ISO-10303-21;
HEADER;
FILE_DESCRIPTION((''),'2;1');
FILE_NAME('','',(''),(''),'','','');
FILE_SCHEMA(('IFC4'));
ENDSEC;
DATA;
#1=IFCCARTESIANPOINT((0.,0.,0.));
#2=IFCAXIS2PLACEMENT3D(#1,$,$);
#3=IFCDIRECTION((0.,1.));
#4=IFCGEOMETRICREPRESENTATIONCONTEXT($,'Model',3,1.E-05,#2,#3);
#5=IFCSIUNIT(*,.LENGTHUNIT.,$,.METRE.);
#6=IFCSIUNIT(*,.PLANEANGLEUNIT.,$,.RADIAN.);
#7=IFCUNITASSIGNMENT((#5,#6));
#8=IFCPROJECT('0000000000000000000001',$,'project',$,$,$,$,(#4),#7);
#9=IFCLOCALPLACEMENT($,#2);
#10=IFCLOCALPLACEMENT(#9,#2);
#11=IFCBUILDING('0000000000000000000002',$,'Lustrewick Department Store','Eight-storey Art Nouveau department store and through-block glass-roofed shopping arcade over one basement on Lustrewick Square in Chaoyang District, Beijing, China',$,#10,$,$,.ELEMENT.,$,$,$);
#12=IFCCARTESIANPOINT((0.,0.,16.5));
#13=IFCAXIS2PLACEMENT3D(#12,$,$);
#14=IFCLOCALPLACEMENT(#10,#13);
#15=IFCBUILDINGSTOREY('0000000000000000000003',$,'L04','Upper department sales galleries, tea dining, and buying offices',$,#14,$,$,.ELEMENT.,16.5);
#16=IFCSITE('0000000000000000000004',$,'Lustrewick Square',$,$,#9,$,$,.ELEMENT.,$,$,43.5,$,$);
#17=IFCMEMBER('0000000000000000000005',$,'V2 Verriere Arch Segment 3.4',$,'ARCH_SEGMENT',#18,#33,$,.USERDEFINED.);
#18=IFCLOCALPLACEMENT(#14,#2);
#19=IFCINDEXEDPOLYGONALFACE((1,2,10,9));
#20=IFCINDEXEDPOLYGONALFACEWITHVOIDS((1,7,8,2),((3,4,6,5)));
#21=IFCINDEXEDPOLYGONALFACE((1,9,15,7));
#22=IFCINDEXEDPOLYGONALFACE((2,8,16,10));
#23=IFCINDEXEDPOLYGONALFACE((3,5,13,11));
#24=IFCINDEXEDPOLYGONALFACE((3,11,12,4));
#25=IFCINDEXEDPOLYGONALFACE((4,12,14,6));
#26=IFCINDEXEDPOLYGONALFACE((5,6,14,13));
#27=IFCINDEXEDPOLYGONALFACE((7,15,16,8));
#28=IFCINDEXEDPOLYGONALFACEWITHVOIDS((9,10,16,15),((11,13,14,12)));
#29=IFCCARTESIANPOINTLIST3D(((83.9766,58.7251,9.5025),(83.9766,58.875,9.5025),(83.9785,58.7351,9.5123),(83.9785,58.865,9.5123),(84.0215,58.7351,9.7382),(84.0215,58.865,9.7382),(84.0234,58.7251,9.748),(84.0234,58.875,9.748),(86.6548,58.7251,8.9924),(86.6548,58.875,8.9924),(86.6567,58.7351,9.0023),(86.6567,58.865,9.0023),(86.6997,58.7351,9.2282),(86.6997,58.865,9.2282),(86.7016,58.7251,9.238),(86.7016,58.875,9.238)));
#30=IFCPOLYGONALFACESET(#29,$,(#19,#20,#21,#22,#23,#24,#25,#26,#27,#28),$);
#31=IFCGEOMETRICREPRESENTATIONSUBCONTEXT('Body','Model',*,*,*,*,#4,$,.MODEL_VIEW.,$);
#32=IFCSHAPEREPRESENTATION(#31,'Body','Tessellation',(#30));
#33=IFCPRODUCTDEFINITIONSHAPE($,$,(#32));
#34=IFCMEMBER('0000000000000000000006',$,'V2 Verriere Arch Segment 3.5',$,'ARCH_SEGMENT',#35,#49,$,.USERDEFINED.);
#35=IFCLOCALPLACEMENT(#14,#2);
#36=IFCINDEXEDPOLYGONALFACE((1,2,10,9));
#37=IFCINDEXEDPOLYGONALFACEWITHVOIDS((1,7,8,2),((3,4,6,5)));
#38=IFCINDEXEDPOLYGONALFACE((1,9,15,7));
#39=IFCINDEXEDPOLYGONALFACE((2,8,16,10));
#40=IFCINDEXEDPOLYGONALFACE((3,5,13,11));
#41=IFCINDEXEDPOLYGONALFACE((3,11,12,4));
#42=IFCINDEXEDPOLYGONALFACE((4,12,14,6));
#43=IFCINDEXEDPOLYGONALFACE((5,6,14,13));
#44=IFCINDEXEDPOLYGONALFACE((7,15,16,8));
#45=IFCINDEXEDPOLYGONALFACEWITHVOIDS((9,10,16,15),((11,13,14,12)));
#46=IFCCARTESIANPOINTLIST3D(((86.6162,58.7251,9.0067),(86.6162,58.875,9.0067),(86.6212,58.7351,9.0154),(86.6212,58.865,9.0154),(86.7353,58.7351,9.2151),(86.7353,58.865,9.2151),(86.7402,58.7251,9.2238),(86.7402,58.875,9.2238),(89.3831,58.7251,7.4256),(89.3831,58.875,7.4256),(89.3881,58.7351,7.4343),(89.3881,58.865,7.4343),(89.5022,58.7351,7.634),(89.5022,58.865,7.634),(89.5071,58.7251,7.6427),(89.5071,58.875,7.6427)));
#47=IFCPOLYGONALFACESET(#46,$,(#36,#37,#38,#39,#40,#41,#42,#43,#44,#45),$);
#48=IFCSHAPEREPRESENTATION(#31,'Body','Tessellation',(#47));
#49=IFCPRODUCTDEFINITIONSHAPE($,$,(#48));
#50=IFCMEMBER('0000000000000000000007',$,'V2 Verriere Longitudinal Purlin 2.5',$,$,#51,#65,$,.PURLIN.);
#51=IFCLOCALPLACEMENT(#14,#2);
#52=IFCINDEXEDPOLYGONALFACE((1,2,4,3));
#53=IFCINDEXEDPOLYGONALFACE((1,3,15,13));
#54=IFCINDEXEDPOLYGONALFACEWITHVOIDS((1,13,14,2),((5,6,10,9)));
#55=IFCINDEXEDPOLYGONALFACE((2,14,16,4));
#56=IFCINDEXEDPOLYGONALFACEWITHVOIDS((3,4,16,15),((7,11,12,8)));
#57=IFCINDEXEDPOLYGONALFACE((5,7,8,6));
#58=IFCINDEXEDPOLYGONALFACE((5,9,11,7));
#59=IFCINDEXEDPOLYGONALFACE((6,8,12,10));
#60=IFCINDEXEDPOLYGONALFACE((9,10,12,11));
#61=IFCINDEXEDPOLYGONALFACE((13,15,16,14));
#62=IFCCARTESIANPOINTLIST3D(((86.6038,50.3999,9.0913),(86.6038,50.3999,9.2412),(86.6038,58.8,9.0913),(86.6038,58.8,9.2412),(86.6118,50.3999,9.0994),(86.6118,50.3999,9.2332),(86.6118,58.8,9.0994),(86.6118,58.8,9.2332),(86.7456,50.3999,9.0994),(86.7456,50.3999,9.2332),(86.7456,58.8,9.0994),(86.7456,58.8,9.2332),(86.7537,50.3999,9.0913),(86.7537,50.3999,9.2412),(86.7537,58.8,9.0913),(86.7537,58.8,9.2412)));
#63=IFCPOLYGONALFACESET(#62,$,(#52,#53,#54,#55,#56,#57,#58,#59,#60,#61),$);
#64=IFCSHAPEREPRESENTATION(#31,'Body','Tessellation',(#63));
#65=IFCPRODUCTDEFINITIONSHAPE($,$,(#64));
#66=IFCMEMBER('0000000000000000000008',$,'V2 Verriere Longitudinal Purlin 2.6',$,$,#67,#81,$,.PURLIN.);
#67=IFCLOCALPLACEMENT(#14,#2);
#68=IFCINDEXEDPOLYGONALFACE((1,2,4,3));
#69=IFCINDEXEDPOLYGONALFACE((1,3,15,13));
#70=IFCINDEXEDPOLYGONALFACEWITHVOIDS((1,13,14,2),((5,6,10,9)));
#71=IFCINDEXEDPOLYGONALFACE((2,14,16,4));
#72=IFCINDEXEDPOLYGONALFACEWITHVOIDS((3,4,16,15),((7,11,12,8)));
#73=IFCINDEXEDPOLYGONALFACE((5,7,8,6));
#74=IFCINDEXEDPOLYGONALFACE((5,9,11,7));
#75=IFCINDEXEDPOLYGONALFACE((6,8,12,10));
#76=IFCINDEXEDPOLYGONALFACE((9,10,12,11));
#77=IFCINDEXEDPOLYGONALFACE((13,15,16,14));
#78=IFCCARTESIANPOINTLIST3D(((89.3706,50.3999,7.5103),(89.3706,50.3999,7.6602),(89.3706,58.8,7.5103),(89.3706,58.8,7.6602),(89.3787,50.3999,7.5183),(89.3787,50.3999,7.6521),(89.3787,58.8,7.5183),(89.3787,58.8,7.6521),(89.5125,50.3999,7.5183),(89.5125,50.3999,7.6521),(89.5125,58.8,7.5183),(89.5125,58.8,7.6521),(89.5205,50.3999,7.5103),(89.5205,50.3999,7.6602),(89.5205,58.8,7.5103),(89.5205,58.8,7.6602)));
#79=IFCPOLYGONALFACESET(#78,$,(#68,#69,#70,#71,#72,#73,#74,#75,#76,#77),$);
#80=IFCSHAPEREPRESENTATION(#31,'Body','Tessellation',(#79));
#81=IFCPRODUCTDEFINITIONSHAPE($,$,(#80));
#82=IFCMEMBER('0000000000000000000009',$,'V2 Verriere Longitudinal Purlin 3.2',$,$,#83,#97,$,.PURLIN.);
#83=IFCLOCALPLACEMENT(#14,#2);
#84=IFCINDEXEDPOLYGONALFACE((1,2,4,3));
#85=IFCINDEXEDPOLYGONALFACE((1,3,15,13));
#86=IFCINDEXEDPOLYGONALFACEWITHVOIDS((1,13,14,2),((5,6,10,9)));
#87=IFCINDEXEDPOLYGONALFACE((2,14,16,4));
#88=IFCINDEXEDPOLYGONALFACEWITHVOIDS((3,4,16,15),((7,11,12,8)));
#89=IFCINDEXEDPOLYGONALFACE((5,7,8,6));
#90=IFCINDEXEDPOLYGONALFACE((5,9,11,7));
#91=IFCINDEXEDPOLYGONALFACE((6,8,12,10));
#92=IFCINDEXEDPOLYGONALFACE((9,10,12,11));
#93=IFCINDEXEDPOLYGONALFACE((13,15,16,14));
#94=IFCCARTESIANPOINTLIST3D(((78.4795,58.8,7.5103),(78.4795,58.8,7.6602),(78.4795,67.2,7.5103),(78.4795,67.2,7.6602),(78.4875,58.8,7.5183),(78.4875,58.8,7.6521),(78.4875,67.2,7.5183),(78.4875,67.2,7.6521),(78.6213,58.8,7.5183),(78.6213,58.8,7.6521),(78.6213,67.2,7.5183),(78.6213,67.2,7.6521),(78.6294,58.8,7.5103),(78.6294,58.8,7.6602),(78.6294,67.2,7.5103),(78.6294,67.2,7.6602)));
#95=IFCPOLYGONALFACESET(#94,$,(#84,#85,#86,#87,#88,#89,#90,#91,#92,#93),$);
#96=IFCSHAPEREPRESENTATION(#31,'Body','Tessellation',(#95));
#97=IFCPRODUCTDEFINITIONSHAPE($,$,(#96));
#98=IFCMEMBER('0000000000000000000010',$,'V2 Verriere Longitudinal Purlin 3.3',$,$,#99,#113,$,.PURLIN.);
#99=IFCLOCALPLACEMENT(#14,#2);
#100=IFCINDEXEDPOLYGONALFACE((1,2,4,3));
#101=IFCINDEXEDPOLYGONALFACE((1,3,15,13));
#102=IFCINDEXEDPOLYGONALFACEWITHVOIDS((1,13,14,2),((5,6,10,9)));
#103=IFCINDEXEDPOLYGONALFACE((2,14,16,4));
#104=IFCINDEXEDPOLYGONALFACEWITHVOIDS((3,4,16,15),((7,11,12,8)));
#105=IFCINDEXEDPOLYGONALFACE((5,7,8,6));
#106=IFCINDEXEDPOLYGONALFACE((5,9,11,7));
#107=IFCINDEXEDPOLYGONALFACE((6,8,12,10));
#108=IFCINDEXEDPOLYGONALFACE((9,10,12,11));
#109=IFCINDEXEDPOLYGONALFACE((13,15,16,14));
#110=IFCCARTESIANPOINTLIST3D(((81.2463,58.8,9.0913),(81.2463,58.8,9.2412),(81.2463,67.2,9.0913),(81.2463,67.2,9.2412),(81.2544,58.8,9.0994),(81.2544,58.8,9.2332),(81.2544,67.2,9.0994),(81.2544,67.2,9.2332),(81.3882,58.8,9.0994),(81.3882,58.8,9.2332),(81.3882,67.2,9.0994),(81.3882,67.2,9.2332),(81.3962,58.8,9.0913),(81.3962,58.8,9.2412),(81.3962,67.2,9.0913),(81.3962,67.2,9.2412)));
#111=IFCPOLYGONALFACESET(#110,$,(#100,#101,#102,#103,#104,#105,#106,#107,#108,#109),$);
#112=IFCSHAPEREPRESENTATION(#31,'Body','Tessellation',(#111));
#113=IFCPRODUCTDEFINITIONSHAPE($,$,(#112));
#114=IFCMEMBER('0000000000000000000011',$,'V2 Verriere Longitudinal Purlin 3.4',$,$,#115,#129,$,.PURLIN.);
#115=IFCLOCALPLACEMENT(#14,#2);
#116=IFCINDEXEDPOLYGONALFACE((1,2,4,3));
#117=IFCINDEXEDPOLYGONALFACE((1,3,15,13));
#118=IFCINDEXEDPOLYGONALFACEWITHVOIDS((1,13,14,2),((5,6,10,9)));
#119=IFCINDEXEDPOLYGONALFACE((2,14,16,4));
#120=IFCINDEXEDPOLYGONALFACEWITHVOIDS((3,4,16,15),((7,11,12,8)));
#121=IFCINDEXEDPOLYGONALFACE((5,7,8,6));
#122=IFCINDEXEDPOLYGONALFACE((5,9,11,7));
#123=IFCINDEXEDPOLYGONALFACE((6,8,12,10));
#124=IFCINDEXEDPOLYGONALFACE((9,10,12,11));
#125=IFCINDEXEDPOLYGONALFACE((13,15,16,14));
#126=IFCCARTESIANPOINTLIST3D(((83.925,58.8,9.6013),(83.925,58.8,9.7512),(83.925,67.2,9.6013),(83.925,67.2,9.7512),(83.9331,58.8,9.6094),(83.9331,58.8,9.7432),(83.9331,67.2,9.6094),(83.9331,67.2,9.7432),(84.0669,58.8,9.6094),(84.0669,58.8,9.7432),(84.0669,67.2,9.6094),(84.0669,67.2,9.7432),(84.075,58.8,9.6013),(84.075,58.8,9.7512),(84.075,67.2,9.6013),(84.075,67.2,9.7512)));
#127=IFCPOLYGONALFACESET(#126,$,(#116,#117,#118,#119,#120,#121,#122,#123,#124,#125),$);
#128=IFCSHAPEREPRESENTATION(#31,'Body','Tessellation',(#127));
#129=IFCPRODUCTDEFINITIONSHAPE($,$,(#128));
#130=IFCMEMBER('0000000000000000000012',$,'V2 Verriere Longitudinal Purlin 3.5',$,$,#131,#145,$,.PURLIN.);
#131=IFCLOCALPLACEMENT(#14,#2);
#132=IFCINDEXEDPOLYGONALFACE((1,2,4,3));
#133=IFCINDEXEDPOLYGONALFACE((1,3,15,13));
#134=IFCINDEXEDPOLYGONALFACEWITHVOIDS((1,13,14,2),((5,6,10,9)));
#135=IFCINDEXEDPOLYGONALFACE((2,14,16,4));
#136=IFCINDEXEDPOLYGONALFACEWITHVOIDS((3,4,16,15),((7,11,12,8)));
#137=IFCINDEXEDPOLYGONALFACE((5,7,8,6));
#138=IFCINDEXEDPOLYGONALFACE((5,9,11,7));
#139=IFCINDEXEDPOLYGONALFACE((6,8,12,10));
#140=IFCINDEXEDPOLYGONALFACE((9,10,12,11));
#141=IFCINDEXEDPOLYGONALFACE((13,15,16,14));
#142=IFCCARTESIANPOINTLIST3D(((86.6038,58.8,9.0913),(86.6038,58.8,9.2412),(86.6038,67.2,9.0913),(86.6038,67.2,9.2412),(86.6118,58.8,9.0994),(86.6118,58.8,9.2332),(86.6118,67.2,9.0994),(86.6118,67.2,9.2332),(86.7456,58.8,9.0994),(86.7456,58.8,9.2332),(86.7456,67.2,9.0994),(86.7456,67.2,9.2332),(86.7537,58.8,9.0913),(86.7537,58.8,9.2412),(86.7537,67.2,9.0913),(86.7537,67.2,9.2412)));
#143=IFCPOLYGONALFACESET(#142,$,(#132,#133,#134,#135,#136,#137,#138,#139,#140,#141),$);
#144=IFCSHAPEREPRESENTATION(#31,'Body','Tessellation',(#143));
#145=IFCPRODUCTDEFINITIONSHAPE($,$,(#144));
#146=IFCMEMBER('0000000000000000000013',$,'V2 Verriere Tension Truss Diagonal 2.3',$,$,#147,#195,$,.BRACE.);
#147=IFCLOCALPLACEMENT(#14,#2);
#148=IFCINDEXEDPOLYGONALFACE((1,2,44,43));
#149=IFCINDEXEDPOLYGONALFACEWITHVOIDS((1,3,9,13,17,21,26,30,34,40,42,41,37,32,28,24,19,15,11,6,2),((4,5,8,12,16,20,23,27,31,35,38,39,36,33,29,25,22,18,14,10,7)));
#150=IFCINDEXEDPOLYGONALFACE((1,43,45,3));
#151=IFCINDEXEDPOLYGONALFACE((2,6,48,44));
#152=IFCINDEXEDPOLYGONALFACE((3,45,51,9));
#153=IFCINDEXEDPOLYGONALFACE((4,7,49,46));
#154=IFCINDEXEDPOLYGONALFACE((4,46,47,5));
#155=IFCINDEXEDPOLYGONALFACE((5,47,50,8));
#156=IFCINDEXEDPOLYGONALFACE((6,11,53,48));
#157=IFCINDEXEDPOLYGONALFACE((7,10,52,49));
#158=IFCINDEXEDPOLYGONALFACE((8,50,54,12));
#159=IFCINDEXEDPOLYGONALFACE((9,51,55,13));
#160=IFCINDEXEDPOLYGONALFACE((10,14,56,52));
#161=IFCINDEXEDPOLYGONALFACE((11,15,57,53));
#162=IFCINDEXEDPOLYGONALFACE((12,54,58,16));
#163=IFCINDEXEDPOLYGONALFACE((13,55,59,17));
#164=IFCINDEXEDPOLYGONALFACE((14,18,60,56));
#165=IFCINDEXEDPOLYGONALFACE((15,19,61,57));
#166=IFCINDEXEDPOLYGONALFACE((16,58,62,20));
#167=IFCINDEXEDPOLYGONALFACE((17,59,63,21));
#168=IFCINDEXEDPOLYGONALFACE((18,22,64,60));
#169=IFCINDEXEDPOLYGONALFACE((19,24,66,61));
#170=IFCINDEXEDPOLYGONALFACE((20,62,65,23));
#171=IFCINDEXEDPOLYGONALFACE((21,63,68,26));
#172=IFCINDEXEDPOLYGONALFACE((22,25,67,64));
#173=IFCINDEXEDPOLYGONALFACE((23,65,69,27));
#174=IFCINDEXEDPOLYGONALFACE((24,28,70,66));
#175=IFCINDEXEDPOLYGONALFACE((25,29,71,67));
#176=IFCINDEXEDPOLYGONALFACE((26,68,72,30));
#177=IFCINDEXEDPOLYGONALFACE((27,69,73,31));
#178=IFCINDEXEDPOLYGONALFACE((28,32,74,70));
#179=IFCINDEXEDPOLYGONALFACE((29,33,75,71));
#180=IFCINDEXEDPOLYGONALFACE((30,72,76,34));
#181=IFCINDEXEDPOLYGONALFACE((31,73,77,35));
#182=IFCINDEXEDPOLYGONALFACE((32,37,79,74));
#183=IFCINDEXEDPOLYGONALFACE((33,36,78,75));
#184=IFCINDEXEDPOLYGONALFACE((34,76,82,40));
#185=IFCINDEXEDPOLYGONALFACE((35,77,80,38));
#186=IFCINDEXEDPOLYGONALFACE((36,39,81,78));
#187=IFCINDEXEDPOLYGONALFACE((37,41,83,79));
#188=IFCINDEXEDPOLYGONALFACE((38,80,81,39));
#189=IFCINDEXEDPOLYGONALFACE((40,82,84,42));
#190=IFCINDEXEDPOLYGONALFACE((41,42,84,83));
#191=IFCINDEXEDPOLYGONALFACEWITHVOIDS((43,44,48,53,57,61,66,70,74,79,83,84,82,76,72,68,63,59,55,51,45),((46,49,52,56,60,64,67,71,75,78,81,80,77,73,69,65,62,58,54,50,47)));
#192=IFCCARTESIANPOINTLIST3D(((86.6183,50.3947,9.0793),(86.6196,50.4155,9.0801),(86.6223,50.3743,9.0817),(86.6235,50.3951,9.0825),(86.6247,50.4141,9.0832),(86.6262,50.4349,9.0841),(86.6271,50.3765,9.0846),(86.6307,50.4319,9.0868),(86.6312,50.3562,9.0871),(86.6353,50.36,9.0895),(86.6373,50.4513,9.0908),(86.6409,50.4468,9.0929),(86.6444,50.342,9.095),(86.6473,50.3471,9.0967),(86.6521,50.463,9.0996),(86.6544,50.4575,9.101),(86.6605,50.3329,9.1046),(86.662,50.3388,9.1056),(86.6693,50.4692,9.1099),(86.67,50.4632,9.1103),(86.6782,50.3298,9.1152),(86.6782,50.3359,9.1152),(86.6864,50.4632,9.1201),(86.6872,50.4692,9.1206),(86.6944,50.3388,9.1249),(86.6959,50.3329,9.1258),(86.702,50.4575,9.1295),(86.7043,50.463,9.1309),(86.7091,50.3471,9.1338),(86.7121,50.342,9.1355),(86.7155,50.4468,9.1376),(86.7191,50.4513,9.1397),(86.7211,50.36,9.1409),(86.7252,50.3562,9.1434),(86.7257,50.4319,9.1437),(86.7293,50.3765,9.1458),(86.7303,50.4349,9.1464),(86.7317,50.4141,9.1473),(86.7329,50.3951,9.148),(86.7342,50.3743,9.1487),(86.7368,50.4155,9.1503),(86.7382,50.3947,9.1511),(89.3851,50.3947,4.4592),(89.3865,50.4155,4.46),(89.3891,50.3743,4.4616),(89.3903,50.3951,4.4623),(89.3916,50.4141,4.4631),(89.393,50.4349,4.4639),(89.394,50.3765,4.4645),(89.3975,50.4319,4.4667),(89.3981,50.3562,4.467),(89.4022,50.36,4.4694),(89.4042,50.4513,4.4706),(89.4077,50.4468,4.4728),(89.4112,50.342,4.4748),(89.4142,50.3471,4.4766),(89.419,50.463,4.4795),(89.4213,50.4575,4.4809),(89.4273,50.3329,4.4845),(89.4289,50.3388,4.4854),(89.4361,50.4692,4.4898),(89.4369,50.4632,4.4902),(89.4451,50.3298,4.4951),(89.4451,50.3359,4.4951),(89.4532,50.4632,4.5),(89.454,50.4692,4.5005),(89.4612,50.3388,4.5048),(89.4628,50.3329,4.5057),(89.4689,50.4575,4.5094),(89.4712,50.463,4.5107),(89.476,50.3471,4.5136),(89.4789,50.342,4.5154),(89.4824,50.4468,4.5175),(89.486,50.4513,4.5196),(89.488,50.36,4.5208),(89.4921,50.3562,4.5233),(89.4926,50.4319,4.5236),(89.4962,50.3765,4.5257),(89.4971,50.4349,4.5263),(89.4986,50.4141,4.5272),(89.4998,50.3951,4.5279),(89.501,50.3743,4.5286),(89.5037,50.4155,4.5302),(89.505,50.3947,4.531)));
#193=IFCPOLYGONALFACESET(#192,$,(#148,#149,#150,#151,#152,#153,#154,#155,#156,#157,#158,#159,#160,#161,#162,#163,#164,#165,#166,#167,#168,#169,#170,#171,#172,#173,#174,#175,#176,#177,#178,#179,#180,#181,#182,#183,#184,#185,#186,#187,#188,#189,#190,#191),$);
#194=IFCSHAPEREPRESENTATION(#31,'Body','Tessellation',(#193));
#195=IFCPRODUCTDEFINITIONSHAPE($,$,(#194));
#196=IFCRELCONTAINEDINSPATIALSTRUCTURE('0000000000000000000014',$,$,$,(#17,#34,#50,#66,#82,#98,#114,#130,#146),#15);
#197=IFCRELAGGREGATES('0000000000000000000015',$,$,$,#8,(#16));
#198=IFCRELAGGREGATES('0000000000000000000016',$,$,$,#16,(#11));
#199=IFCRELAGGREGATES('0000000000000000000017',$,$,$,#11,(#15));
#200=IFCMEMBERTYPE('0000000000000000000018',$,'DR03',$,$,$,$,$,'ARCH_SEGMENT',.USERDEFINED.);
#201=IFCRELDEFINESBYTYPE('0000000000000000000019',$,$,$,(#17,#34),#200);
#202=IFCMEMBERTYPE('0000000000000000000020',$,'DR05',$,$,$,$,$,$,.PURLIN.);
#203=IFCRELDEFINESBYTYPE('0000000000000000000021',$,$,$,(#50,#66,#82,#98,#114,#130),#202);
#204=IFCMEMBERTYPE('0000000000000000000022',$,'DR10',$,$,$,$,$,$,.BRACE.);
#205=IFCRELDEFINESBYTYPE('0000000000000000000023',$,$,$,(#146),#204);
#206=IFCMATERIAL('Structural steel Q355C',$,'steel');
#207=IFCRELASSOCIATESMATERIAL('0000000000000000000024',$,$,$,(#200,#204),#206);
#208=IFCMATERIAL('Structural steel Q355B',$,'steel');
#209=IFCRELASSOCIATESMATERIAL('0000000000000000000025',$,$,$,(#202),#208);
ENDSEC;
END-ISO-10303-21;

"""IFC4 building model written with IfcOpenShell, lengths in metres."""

from ifc_helpers import new_model, si_unit, direction, frame, origin, origin_2d, place, context, subcontext, project, spatial, hollow_rectangle, hollow_circle, extrude, material, material_profile, profile_set, type_object, element, save


model = new_model("IFC4")

# Units and contexts
model_context = context("Model", 3, precision=1e-05, world=origin(), true_north=direction((0.0, 1.0)))
body_context = subcontext(model_context, "Body", "Model", "MODEL_VIEW")
ifc_project = project(units=[si_unit("LENGTHUNIT", "METRE"), si_unit("PLANEANGLEUNIT", "RADIAN")], contexts=[model_context])

# Site, building, storey
site_placement = place(None, origin())
site = spatial("IfcSite", under=ifc_project, at=site_placement, Name="Lustrewick Square", CompositionType="ELEMENT", RefElevation=43.5)
building_placement = place(site_placement, origin())
building = spatial("IfcBuilding", under=site, at=building_placement, Name="Lustrewick Department Store", Description="Eight-storey Art Nouveau department store and through-block glass-roofed shopping arcade over one basement on Lustrewick Square in Chaoyang District, Beijing, China", CompositionType="ELEMENT")
storey_placement = place(building_placement, frame((0.0, 0.0, 16.5)))
storey = spatial("IfcBuildingStorey", under=building, at=storey_placement, Name="L04", Description="Upper department sales galleries, tea dining, and buying offices", CompositionType="ELEMENT", Elevation=16.5)

# Shared definitions
ifc_material_1 = material(Name="Structural steel Q355B", Category="steel")

# Members
ifc_material_2 = material(Name="Structural steel Q355C", Category="steel")
ifc_material_profile_1 = material_profile(ifc_material_2, hollow_rectangle(XDim=0.1499, YDim=0.25, WallThickness=0.01, at=origin_2d()), Name="RHS 250x150x10")
ifc_profile_set_1 = profile_set([ifc_material_profile_1], Name="Structural steel Q355C")
member_type_1 = type_object("IfcMemberType", Name="DR03", ElementType="ARCH_SEGMENT", PredefinedType="USERDEFINED", material=ifc_profile_set_1)
for number, where, z_axis, x_axis, name in (
    (1, (84.0, 58.8, 9.6252), (0.982347, 0.0, -0.187067), (0.0, 1.0, 0.0), "V2 Verriere Arch Segment 3.4"),
):
    element("IfcMember", number, at=place(storey_placement, frame(where, z_axis=z_axis, x_axis=x_axis)), inside=storey, type_object=member_type_1, Name=name, ObjectType="ARCH_SEGMENT", PredefinedType="USERDEFINED", context=body_context, shape_type="SweptSolid", body=[
        extrude(hollow_rectangle(XDim=0.1499, YDim=0.25, WallThickness=0.01, at=origin_2d()), origin(), (0.0, 0.0, 1.0), 2.7263),
    ])
member_1_placement = place(storey_placement, frame((86.6782, 58.8, 9.1152), z_axis=(0.868243, 0.0, -0.496139), x_axis=(0.0, 1.0, 0.0)))
element("IfcMember", 2, at=member_1_placement, inside=storey, type_object=member_type_1, Name="V2 Verriere Arch Segment 3.5", ObjectType="ARCH_SEGMENT", PredefinedType="USERDEFINED", context=body_context, shape_type="SweptSolid", body=[
    extrude(hollow_rectangle(XDim=0.1499, YDim=0.25, WallThickness=0.01, at=origin_2d()), origin(), (0.0, 0.0, 1.0), 3.1868),
])
ifc_material_profile_2 = material_profile(ifc_material_1, hollow_rectangle(XDim=0.1499, YDim=0.1499, WallThickness=0.0081, at=origin_2d()), Name="SHS 150x150x8")
ifc_profile_set_2 = profile_set([ifc_material_profile_2], Name="Structural steel Q355B")
member_type_2 = type_object("IfcMemberType", Name="DR05", PredefinedType="PURLIN", material=ifc_profile_set_2)
for number, where, z_axis, x_axis, name in (
    (3, (86.6787, 50.3999, 9.1663), (0.0, 1.0, 0.0), (-1.0, 0.0, 0.0), "V2 Verriere Longitudinal Purlin 2.5"),
    (4, (89.4456, 50.3999, 7.5852), (0.0, 1.0, 0.0), (-1.0, 0.0, 0.0), "V2 Verriere Longitudinal Purlin 2.6"),
):
    element("IfcMember", number, at=place(storey_placement, frame(where, z_axis=z_axis, x_axis=x_axis)), inside=storey, type_object=member_type_2, Name=name, PredefinedType="PURLIN", context=body_context, shape_type="SweptSolid", body=[
        extrude(hollow_rectangle(XDim=0.1499, YDim=0.1499, WallThickness=0.0081, at=origin_2d()), origin(), (0.0, 0.0, 1.0), 8.4001),
    ])
for number, where, z_axis, x_axis, name in (
    (5, (78.5544, 58.8, 7.5852), (0.0, 1.0, 0.0), (-1.0, 0.0, 0.0), "V2 Verriere Longitudinal Purlin 3.2"),
    (6, (81.3213, 58.8, 9.1663), (0.0, 1.0, 0.0), (-1.0, 0.0, 0.0), "V2 Verriere Longitudinal Purlin 3.3"),
    (7, (84.0, 58.8, 9.6763), (0.0, 1.0, 0.0), (-1.0, 0.0, 0.0), "V2 Verriere Longitudinal Purlin 3.4"),
    (8, (86.6787, 58.8, 9.1663), (0.0, 1.0, 0.0), (-1.0, 0.0, 0.0), "V2 Verriere Longitudinal Purlin 3.5"),
):
    element("IfcMember", number, at=place(storey_placement, frame(where, z_axis=z_axis, x_axis=x_axis)), inside=storey, type_object=member_type_2, Name=name, PredefinedType="PURLIN", context=body_context, shape_type="SweptSolid", body=[
        extrude(hollow_rectangle(XDim=0.1499, YDim=0.1499, WallThickness=0.0081, at=origin_2d()), origin(), (0.0, 0.0, 1.0), 8.3999),
    ])
ifc_material_profile_3 = material_profile(ifc_material_2, hollow_circle(Radius=0.0701, WallThickness=0.0061, at=origin_2d()), Name="CHS 140x6")
ifc_profile_set_3 = profile_set([ifc_material_profile_3], Name="Structural steel Q355C")
member_type_3 = type_object("IfcMemberType", Name="DR10", PredefinedType="BRACE", material=ifc_profile_set_3)
member_2_placement = place(storey_placement, frame((89.4451, 50.3999, 4.4951), z_axis=(-0.513782, 0.0, 0.857921), x_axis=(0.0, -1.0, 0.0)))
element("IfcMember", 9, at=member_2_placement, inside=storey, type_object=member_type_3, Name="V2 Verriere Tension Truss Diagonal 2.3", PredefinedType="BRACE", context=body_context, shape_type="SweptSolid", body=[
    extrude(hollow_circle(Radius=0.0701, WallThickness=0.0061, at=origin_2d()), origin(), (0.0, 0.0, 1.0), 5.3853),
])

save(model, "model.ifc")
